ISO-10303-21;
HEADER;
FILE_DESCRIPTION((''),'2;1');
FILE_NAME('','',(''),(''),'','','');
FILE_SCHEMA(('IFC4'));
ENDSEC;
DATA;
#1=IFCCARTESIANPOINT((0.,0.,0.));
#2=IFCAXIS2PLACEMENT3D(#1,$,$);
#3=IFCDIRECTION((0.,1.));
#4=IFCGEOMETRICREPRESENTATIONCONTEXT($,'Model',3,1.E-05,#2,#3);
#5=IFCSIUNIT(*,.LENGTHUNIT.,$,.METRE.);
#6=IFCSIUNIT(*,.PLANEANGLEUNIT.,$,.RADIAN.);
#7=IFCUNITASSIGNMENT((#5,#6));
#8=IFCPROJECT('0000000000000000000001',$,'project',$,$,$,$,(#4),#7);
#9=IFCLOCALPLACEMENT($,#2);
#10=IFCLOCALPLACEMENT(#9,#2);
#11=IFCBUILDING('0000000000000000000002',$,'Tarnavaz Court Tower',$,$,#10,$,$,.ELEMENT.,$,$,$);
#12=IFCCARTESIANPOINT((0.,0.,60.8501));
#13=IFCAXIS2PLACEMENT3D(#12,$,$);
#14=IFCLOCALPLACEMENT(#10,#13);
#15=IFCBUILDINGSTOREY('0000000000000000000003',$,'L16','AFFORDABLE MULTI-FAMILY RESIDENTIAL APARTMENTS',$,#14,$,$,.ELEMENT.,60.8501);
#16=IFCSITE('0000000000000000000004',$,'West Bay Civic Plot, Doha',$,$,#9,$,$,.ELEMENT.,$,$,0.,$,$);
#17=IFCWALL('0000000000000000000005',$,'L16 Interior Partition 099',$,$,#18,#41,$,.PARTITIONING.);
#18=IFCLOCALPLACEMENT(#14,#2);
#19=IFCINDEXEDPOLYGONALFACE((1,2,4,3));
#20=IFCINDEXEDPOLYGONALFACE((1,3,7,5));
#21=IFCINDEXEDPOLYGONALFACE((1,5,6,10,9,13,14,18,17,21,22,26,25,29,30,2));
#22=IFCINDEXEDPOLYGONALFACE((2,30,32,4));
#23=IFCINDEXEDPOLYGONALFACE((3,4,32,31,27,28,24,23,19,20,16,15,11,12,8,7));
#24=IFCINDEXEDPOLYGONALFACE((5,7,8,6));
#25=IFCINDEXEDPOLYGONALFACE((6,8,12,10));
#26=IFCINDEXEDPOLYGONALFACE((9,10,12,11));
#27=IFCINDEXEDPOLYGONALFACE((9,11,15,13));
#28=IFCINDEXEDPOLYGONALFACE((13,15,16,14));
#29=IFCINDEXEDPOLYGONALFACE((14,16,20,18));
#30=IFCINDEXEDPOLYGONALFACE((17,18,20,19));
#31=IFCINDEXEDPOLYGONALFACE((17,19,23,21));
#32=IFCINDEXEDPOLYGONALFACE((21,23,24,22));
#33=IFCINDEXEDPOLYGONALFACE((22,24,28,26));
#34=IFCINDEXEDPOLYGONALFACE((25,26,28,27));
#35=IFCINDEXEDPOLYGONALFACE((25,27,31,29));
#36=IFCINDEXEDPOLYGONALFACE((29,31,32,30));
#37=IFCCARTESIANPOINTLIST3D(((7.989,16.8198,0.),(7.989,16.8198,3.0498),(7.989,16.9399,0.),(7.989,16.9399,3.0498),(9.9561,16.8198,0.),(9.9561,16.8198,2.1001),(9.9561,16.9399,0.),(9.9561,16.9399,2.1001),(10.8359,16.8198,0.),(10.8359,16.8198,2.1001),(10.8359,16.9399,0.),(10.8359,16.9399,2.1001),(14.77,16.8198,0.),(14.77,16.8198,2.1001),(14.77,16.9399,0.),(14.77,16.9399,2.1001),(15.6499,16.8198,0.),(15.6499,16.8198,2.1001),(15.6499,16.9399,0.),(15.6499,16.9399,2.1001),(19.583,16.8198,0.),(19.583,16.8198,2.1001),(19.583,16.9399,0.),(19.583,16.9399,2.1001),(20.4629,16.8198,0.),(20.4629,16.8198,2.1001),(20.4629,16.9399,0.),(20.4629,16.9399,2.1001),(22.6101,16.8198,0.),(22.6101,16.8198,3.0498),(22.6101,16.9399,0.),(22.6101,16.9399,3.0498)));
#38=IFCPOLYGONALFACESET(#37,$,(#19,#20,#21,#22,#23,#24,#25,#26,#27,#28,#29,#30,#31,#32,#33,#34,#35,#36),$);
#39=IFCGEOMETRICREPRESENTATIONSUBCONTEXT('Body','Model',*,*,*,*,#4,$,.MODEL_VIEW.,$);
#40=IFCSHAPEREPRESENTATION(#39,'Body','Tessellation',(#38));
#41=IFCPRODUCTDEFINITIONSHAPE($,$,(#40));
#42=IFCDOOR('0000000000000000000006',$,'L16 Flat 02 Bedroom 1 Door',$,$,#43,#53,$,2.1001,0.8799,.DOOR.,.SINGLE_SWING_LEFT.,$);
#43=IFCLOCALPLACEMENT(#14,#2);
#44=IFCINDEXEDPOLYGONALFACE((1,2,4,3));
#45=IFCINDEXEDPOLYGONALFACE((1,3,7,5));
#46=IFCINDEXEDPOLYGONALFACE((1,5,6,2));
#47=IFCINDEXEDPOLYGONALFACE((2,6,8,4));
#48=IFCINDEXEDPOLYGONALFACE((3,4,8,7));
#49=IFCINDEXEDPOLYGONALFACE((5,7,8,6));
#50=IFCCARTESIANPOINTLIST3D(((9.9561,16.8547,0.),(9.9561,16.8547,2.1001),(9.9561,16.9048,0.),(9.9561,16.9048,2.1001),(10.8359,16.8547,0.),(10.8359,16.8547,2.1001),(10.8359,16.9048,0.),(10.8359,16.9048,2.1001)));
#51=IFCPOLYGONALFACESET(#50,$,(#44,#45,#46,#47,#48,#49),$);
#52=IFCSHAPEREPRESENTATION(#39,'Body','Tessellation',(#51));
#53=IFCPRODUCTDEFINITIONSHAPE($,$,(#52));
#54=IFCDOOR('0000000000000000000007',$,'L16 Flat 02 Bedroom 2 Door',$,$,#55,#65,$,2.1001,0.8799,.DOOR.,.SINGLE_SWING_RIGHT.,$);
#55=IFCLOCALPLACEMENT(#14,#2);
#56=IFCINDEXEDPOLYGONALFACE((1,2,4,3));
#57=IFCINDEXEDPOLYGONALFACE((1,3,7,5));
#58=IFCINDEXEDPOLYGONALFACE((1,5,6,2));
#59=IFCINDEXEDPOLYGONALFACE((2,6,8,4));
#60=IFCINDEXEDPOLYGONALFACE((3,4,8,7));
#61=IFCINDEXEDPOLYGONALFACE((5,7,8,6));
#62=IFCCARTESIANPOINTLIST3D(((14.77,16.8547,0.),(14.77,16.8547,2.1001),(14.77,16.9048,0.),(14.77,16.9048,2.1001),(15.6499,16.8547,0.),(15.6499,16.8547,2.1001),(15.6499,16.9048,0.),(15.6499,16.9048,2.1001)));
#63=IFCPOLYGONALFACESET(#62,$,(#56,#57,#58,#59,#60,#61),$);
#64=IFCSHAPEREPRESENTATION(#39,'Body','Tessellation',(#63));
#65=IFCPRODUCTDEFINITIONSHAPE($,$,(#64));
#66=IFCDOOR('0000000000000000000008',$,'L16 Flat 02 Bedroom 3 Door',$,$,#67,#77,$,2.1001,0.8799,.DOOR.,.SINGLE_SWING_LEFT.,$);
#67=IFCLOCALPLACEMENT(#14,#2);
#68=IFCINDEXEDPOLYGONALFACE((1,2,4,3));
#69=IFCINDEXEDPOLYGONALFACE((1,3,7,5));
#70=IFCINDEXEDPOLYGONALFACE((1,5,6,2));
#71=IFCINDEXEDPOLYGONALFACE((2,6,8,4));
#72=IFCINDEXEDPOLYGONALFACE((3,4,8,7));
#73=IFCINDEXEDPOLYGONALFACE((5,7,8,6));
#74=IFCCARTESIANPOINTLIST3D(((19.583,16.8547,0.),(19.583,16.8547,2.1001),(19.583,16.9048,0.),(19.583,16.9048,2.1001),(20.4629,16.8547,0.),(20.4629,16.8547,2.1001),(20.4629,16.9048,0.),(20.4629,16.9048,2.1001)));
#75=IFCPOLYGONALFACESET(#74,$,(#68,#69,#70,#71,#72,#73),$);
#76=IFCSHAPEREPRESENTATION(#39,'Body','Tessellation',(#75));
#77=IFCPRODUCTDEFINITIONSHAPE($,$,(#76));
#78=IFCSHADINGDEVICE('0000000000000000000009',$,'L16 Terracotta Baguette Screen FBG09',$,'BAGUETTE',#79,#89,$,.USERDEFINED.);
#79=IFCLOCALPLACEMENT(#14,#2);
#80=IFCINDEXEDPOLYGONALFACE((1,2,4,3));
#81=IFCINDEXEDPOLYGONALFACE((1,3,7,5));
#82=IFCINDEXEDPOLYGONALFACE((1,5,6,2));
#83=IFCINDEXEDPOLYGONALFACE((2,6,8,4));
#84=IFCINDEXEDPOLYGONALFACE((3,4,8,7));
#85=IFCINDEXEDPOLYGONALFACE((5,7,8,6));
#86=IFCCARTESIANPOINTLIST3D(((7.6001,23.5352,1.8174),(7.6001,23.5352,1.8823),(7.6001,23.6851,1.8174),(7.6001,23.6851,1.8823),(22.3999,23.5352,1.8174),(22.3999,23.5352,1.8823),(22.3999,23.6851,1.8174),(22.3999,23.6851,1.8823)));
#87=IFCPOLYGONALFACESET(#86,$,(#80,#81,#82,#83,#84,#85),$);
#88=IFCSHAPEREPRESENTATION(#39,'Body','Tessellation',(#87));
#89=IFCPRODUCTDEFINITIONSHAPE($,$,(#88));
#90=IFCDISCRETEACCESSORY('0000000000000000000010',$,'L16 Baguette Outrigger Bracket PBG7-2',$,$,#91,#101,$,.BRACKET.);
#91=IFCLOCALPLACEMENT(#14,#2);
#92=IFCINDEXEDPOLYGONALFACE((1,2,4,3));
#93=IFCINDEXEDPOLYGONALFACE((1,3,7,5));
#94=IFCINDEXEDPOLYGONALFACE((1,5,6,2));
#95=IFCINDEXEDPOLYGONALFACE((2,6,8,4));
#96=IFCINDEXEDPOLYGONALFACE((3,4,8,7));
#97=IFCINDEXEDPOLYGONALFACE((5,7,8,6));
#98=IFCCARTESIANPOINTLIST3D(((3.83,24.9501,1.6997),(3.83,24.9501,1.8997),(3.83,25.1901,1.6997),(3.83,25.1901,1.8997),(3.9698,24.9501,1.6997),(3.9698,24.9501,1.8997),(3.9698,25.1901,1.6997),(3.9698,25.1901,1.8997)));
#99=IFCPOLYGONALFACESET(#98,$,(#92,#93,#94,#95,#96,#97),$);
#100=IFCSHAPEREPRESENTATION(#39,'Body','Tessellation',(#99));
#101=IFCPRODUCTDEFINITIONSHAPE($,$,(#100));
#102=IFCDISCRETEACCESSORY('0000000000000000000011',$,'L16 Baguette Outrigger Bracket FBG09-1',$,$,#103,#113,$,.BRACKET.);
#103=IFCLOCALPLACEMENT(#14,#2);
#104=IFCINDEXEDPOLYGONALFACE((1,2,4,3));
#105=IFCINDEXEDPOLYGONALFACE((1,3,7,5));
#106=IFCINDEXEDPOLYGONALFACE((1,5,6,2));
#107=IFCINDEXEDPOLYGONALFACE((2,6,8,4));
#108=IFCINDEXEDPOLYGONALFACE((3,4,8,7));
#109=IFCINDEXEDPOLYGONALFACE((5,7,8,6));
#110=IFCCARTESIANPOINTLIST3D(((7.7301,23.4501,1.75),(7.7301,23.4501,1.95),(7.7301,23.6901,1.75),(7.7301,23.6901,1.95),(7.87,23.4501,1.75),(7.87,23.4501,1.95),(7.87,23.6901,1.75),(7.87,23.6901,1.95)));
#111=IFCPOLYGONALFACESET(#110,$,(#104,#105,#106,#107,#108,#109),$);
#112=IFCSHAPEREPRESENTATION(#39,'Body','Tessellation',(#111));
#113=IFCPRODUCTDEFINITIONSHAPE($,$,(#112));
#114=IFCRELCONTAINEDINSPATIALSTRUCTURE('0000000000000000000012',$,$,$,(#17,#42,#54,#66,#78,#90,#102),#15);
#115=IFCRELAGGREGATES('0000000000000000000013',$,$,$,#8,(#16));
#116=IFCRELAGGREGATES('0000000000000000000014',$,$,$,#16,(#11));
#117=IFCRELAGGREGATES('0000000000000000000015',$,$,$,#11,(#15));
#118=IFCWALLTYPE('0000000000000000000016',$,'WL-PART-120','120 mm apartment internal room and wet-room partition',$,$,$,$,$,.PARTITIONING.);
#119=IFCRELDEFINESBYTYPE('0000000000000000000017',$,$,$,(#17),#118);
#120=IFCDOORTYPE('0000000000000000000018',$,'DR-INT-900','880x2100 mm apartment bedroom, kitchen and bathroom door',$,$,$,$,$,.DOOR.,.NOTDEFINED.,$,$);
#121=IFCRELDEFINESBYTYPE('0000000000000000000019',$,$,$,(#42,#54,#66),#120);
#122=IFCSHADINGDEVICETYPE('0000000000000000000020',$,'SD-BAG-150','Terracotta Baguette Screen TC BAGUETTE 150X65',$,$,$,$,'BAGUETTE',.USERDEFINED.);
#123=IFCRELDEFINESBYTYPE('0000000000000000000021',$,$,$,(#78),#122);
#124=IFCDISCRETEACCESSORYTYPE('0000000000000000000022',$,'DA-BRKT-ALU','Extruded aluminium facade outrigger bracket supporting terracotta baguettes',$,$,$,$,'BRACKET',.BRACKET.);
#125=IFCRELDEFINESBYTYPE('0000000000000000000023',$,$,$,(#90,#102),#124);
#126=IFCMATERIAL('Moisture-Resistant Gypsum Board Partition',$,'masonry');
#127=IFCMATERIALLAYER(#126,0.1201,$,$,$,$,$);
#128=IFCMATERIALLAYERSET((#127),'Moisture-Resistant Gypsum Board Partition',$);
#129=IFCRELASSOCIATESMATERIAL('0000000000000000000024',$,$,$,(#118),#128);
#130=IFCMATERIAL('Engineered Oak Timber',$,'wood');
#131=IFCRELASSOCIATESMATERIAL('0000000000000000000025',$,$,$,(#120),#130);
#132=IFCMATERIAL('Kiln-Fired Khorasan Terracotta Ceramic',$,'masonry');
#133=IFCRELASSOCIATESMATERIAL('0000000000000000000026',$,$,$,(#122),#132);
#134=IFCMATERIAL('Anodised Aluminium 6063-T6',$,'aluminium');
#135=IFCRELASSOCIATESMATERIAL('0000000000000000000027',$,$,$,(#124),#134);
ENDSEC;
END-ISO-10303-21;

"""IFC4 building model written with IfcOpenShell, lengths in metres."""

from ifc_helpers import new_model, si_unit, direction, frame, frame_2d, origin, origin_2d, place, context, subcontext, project, spatial, rectangle, extrude, material, layer, layer_set, material_profile, profile_set, type_object, element, fill, save


model = new_model("IFC4")

# Units and contexts
model_context = context("Model", 3, precision=1e-05, world=origin(), true_north=direction((0.0, 1.0)))
body_context = subcontext(model_context, "Body", "Model", "MODEL_VIEW")
ifc_project = project(units=[si_unit("LENGTHUNIT", "METRE"), si_unit("PLANEANGLEUNIT", "RADIAN")], contexts=[model_context])

# Site, building, storey
site_placement = place(None, origin())
site = spatial("IfcSite", under=ifc_project, at=site_placement, Name="West Bay Civic Plot, Doha", CompositionType="ELEMENT", RefElevation=0.0)
building_placement = place(site_placement, origin())
building = spatial("IfcBuilding", under=site, at=building_placement, Name="Tarnavaz Court Tower", CompositionType="ELEMENT")
storey_placement = place(building_placement, frame((0.0, 0.0, 60.8501)))
storey = spatial("IfcBuildingStorey", under=building, at=storey_placement, Name="L16", Description="AFFORDABLE MULTI-FAMILY RESIDENTIAL APARTMENTS", CompositionType="ELEMENT", Elevation=60.8501)

# Shared definitions
ifc_material_1 = material(Name="Anodised Aluminium 6063-T6", Category="aluminium")

# Shared definitions
ifc_material_2 = material(Name="Moisture-Resistant Gypsum Board Partition", Category="masonry")
ifc_layer_1 = layer(ifc_material_2, 0.1201)
ifc_layer_set_1 = layer_set([ifc_layer_1], Name="Moisture-Resistant Gypsum Board Partition")
wall_type_1 = type_object("IfcWallType", Name="WL-PART-120", Description="120 mm apartment internal room and wet-room partition", PredefinedType="PARTITIONING", material=ifc_layer_set_1)
ifc_material_3 = material(Name="Engineered Oak Timber", Category="wood")
door_type = type_object("IfcDoorType", Name="DR-INT-900", Description="880x2100 mm apartment bedroom, kitchen and bathroom door", OperationType="NOTDEFINED", PredefinedType="DOOR", material=ifc_material_3)

# Wall, openings, doors
wall_1_placement = place(storey_placement, frame((7.989, 16.8799, 0.0), z_axis=(0.0, 0.0, 1.0), x_axis=(1.0, 0.0, 0.0)))
wall_1 = element("IfcWall", 1, at=wall_1_placement, inside=storey, type_object=wall_type_1, Name="L16 Interior Partition 099", PredefinedType="PARTITIONING", context=body_context, shape_type="SweptSolid", body=[
    extrude(rectangle(XDim=14.6211, YDim=0.1201, at=frame_2d((7.3105, 0.0))), origin(), (0.0, 0.0, 1.0), 3.0498),
])
opening_1_placement = place(wall_1_placement, frame((1.967, 0.0, 0.0)))
opening_1 = element("IfcOpeningElement", 2, at=opening_1_placement, cuts=wall_1, PredefinedType="OPENING", context=body_context, shape_type="SweptSolid", body=[
    extrude(rectangle(XDim=0.8799, YDim=2.1001, at=frame_2d((0.4399, 1.05))), frame((0.0, 0.0701, 0.0), z_axis=(0.0, -1.0, 0.0), x_axis=(1.0, 0.0, 0.0)), (0.0, 0.0, 1.0), 0.1401),
])
opening_2_placement = place(wall_1_placement, frame((6.781, 0.0, 0.0)))
opening_2 = element("IfcOpeningElement", 3, at=opening_2_placement, cuts=wall_1, PredefinedType="OPENING", context=body_context, shape_type="SweptSolid", body=[
    extrude(rectangle(XDim=0.8799, YDim=2.1001, at=frame_2d((0.4399, 1.05))), frame((0.0, 0.0701, 0.0), z_axis=(0.0, -1.0, 0.0), x_axis=(1.0, 0.0, 0.0)), (0.0, 0.0, 1.0), 0.1401),
])
opening_3_placement = place(wall_1_placement, frame((11.594, 0.0, 0.0)))
opening_3 = element("IfcOpeningElement", 4, at=opening_3_placement, cuts=wall_1, PredefinedType="OPENING", context=body_context, shape_type="SweptSolid", body=[
    extrude(rectangle(XDim=0.8799, YDim=2.1001, at=frame_2d((0.4399, 1.05))), frame((0.0, 0.0701, 0.0), z_axis=(0.0, -1.0, 0.0), x_axis=(1.0, 0.0, 0.0)), (0.0, 0.0, 1.0), 0.1401),
])
door_1_placement = place(opening_1_placement, origin())
door_1 = element("IfcDoor", 5, at=door_1_placement, inside=storey, type_object=door_type, Name="L16 Flat 02 Bedroom 1 Door", OperationType="SINGLE_SWING_LEFT", OverallHeight=2.1001, OverallWidth=0.8799, PredefinedType="DOOR", context=body_context, shape_type="SweptSolid", body=[
    extrude(rectangle(XDim=0.8799, YDim=2.1001, at=frame_2d((0.4399, 1.05))), frame((0.0, 0.0249, 0.0), z_axis=(0.0, -1.0, 0.0), x_axis=(1.0, 0.0, 0.0)), (0.0, 0.0, 1.0), 0.05),
])
fill(opening_1, door_1)
door_2_placement = place(opening_2_placement, origin())
door_2 = element("IfcDoor", 6, at=door_2_placement, inside=storey, type_object=door_type, Name="L16 Flat 02 Bedroom 2 Door", OperationType="SINGLE_SWING_RIGHT", OverallHeight=2.1001, OverallWidth=0.8799, PredefinedType="DOOR", context=body_context, shape_type="SweptSolid", body=[
    extrude(rectangle(XDim=0.8799, YDim=2.1001, at=frame_2d((0.4399, 1.05))), frame((0.0, 0.0249, 0.0), z_axis=(0.0, -1.0, 0.0), x_axis=(1.0, 0.0, 0.0)), (0.0, 0.0, 1.0), 0.05),
])
fill(opening_2, door_2)
door_3_placement = place(opening_3_placement, origin())
door_3 = element("IfcDoor", 7, at=door_3_placement, inside=storey, type_object=door_type, Name="L16 Flat 02 Bedroom 3 Door", OperationType="SINGLE_SWING_LEFT", OverallHeight=2.1001, OverallWidth=0.8799, PredefinedType="DOOR", context=body_context, shape_type="SweptSolid", body=[
    extrude(rectangle(XDim=0.8799, YDim=2.1001, at=frame_2d((0.4399, 1.05))), frame((0.0, 0.0249, 0.0), z_axis=(0.0, -1.0, 0.0), x_axis=(1.0, 0.0, 0.0)), (0.0, 0.0, 1.0), 0.05),
])
fill(opening_3, door_3)

# Shading device
ifc_material_4 = material(Name="Kiln-Fired Khorasan Terracotta Ceramic", Category="masonry")
ifc_material_profile_1 = material_profile(ifc_material_4, rectangle(XDim=0.1499, YDim=0.0649, at=origin_2d()), Name="TC BAGUETTE 150X65")
ifc_profile_set_1 = profile_set([ifc_material_profile_1], Name="Kiln-Fired Khorasan Terracotta Ceramic")
shading_device_type = type_object("IfcShadingDeviceType", Name="SD-BAG-150", Description="Terracotta Baguette Screen TC BAGUETTE 150X65", ElementType="BAGUETTE", PredefinedType="USERDEFINED", material=ifc_profile_set_1)
shading_device_placement = place(storey_placement, frame((7.6001, 23.6101, 1.8499), z_axis=(1.0, 0.0, 0.0), x_axis=(0.0, 1.0, 0.0)))
element("IfcShadingDevice", 8, at=shading_device_placement, inside=storey, type_object=shading_device_type, Name="L16 Terracotta Baguette Screen FBG09", ObjectType="BAGUETTE", PredefinedType="USERDEFINED", context=body_context, shape_type="SweptSolid", body=[
    extrude(rectangle(XDim=0.1499, YDim=0.0649, at=origin_2d()), origin(), (0.0, 0.0, 1.0), 14.7998),
])

# Discrete accessories
discrete_accessory_type = type_object("IfcDiscreteAccessoryType", Name="DA-BRKT-ALU", Description="Extruded aluminium facade outrigger bracket supporting terracotta baguettes", ElementType="BRACKET", PredefinedType="BRACKET", material=ifc_material_1)
for number, where, z_axis, x_axis, name in (
    (9, (3.8999, 25.0701, 1.6997), (0.0, 0.0, 1.0), (1.0, 0.0, 0.0), "L16 Baguette Outrigger Bracket PBG7-2"),
    (10, (7.8, 23.5701, 1.75), (0.0, 0.0, 1.0), (1.0, 0.0, 0.0), "L16 Baguette Outrigger Bracket FBG09-1"),
):
    element("IfcDiscreteAccessory", number, at=place(storey_placement, frame(where, z_axis=z_axis, x_axis=x_axis)), inside=storey, type_object=discrete_accessory_type, Name=name, PredefinedType="BRACKET", context=body_context, shape_type="SweptSolid", body=[
        extrude(rectangle(XDim=0.1399, YDim=0.24, at=origin_2d()), origin(), (0.0, 0.0, 1.0), 0.2),
    ])

save(model, "model.ifc")
